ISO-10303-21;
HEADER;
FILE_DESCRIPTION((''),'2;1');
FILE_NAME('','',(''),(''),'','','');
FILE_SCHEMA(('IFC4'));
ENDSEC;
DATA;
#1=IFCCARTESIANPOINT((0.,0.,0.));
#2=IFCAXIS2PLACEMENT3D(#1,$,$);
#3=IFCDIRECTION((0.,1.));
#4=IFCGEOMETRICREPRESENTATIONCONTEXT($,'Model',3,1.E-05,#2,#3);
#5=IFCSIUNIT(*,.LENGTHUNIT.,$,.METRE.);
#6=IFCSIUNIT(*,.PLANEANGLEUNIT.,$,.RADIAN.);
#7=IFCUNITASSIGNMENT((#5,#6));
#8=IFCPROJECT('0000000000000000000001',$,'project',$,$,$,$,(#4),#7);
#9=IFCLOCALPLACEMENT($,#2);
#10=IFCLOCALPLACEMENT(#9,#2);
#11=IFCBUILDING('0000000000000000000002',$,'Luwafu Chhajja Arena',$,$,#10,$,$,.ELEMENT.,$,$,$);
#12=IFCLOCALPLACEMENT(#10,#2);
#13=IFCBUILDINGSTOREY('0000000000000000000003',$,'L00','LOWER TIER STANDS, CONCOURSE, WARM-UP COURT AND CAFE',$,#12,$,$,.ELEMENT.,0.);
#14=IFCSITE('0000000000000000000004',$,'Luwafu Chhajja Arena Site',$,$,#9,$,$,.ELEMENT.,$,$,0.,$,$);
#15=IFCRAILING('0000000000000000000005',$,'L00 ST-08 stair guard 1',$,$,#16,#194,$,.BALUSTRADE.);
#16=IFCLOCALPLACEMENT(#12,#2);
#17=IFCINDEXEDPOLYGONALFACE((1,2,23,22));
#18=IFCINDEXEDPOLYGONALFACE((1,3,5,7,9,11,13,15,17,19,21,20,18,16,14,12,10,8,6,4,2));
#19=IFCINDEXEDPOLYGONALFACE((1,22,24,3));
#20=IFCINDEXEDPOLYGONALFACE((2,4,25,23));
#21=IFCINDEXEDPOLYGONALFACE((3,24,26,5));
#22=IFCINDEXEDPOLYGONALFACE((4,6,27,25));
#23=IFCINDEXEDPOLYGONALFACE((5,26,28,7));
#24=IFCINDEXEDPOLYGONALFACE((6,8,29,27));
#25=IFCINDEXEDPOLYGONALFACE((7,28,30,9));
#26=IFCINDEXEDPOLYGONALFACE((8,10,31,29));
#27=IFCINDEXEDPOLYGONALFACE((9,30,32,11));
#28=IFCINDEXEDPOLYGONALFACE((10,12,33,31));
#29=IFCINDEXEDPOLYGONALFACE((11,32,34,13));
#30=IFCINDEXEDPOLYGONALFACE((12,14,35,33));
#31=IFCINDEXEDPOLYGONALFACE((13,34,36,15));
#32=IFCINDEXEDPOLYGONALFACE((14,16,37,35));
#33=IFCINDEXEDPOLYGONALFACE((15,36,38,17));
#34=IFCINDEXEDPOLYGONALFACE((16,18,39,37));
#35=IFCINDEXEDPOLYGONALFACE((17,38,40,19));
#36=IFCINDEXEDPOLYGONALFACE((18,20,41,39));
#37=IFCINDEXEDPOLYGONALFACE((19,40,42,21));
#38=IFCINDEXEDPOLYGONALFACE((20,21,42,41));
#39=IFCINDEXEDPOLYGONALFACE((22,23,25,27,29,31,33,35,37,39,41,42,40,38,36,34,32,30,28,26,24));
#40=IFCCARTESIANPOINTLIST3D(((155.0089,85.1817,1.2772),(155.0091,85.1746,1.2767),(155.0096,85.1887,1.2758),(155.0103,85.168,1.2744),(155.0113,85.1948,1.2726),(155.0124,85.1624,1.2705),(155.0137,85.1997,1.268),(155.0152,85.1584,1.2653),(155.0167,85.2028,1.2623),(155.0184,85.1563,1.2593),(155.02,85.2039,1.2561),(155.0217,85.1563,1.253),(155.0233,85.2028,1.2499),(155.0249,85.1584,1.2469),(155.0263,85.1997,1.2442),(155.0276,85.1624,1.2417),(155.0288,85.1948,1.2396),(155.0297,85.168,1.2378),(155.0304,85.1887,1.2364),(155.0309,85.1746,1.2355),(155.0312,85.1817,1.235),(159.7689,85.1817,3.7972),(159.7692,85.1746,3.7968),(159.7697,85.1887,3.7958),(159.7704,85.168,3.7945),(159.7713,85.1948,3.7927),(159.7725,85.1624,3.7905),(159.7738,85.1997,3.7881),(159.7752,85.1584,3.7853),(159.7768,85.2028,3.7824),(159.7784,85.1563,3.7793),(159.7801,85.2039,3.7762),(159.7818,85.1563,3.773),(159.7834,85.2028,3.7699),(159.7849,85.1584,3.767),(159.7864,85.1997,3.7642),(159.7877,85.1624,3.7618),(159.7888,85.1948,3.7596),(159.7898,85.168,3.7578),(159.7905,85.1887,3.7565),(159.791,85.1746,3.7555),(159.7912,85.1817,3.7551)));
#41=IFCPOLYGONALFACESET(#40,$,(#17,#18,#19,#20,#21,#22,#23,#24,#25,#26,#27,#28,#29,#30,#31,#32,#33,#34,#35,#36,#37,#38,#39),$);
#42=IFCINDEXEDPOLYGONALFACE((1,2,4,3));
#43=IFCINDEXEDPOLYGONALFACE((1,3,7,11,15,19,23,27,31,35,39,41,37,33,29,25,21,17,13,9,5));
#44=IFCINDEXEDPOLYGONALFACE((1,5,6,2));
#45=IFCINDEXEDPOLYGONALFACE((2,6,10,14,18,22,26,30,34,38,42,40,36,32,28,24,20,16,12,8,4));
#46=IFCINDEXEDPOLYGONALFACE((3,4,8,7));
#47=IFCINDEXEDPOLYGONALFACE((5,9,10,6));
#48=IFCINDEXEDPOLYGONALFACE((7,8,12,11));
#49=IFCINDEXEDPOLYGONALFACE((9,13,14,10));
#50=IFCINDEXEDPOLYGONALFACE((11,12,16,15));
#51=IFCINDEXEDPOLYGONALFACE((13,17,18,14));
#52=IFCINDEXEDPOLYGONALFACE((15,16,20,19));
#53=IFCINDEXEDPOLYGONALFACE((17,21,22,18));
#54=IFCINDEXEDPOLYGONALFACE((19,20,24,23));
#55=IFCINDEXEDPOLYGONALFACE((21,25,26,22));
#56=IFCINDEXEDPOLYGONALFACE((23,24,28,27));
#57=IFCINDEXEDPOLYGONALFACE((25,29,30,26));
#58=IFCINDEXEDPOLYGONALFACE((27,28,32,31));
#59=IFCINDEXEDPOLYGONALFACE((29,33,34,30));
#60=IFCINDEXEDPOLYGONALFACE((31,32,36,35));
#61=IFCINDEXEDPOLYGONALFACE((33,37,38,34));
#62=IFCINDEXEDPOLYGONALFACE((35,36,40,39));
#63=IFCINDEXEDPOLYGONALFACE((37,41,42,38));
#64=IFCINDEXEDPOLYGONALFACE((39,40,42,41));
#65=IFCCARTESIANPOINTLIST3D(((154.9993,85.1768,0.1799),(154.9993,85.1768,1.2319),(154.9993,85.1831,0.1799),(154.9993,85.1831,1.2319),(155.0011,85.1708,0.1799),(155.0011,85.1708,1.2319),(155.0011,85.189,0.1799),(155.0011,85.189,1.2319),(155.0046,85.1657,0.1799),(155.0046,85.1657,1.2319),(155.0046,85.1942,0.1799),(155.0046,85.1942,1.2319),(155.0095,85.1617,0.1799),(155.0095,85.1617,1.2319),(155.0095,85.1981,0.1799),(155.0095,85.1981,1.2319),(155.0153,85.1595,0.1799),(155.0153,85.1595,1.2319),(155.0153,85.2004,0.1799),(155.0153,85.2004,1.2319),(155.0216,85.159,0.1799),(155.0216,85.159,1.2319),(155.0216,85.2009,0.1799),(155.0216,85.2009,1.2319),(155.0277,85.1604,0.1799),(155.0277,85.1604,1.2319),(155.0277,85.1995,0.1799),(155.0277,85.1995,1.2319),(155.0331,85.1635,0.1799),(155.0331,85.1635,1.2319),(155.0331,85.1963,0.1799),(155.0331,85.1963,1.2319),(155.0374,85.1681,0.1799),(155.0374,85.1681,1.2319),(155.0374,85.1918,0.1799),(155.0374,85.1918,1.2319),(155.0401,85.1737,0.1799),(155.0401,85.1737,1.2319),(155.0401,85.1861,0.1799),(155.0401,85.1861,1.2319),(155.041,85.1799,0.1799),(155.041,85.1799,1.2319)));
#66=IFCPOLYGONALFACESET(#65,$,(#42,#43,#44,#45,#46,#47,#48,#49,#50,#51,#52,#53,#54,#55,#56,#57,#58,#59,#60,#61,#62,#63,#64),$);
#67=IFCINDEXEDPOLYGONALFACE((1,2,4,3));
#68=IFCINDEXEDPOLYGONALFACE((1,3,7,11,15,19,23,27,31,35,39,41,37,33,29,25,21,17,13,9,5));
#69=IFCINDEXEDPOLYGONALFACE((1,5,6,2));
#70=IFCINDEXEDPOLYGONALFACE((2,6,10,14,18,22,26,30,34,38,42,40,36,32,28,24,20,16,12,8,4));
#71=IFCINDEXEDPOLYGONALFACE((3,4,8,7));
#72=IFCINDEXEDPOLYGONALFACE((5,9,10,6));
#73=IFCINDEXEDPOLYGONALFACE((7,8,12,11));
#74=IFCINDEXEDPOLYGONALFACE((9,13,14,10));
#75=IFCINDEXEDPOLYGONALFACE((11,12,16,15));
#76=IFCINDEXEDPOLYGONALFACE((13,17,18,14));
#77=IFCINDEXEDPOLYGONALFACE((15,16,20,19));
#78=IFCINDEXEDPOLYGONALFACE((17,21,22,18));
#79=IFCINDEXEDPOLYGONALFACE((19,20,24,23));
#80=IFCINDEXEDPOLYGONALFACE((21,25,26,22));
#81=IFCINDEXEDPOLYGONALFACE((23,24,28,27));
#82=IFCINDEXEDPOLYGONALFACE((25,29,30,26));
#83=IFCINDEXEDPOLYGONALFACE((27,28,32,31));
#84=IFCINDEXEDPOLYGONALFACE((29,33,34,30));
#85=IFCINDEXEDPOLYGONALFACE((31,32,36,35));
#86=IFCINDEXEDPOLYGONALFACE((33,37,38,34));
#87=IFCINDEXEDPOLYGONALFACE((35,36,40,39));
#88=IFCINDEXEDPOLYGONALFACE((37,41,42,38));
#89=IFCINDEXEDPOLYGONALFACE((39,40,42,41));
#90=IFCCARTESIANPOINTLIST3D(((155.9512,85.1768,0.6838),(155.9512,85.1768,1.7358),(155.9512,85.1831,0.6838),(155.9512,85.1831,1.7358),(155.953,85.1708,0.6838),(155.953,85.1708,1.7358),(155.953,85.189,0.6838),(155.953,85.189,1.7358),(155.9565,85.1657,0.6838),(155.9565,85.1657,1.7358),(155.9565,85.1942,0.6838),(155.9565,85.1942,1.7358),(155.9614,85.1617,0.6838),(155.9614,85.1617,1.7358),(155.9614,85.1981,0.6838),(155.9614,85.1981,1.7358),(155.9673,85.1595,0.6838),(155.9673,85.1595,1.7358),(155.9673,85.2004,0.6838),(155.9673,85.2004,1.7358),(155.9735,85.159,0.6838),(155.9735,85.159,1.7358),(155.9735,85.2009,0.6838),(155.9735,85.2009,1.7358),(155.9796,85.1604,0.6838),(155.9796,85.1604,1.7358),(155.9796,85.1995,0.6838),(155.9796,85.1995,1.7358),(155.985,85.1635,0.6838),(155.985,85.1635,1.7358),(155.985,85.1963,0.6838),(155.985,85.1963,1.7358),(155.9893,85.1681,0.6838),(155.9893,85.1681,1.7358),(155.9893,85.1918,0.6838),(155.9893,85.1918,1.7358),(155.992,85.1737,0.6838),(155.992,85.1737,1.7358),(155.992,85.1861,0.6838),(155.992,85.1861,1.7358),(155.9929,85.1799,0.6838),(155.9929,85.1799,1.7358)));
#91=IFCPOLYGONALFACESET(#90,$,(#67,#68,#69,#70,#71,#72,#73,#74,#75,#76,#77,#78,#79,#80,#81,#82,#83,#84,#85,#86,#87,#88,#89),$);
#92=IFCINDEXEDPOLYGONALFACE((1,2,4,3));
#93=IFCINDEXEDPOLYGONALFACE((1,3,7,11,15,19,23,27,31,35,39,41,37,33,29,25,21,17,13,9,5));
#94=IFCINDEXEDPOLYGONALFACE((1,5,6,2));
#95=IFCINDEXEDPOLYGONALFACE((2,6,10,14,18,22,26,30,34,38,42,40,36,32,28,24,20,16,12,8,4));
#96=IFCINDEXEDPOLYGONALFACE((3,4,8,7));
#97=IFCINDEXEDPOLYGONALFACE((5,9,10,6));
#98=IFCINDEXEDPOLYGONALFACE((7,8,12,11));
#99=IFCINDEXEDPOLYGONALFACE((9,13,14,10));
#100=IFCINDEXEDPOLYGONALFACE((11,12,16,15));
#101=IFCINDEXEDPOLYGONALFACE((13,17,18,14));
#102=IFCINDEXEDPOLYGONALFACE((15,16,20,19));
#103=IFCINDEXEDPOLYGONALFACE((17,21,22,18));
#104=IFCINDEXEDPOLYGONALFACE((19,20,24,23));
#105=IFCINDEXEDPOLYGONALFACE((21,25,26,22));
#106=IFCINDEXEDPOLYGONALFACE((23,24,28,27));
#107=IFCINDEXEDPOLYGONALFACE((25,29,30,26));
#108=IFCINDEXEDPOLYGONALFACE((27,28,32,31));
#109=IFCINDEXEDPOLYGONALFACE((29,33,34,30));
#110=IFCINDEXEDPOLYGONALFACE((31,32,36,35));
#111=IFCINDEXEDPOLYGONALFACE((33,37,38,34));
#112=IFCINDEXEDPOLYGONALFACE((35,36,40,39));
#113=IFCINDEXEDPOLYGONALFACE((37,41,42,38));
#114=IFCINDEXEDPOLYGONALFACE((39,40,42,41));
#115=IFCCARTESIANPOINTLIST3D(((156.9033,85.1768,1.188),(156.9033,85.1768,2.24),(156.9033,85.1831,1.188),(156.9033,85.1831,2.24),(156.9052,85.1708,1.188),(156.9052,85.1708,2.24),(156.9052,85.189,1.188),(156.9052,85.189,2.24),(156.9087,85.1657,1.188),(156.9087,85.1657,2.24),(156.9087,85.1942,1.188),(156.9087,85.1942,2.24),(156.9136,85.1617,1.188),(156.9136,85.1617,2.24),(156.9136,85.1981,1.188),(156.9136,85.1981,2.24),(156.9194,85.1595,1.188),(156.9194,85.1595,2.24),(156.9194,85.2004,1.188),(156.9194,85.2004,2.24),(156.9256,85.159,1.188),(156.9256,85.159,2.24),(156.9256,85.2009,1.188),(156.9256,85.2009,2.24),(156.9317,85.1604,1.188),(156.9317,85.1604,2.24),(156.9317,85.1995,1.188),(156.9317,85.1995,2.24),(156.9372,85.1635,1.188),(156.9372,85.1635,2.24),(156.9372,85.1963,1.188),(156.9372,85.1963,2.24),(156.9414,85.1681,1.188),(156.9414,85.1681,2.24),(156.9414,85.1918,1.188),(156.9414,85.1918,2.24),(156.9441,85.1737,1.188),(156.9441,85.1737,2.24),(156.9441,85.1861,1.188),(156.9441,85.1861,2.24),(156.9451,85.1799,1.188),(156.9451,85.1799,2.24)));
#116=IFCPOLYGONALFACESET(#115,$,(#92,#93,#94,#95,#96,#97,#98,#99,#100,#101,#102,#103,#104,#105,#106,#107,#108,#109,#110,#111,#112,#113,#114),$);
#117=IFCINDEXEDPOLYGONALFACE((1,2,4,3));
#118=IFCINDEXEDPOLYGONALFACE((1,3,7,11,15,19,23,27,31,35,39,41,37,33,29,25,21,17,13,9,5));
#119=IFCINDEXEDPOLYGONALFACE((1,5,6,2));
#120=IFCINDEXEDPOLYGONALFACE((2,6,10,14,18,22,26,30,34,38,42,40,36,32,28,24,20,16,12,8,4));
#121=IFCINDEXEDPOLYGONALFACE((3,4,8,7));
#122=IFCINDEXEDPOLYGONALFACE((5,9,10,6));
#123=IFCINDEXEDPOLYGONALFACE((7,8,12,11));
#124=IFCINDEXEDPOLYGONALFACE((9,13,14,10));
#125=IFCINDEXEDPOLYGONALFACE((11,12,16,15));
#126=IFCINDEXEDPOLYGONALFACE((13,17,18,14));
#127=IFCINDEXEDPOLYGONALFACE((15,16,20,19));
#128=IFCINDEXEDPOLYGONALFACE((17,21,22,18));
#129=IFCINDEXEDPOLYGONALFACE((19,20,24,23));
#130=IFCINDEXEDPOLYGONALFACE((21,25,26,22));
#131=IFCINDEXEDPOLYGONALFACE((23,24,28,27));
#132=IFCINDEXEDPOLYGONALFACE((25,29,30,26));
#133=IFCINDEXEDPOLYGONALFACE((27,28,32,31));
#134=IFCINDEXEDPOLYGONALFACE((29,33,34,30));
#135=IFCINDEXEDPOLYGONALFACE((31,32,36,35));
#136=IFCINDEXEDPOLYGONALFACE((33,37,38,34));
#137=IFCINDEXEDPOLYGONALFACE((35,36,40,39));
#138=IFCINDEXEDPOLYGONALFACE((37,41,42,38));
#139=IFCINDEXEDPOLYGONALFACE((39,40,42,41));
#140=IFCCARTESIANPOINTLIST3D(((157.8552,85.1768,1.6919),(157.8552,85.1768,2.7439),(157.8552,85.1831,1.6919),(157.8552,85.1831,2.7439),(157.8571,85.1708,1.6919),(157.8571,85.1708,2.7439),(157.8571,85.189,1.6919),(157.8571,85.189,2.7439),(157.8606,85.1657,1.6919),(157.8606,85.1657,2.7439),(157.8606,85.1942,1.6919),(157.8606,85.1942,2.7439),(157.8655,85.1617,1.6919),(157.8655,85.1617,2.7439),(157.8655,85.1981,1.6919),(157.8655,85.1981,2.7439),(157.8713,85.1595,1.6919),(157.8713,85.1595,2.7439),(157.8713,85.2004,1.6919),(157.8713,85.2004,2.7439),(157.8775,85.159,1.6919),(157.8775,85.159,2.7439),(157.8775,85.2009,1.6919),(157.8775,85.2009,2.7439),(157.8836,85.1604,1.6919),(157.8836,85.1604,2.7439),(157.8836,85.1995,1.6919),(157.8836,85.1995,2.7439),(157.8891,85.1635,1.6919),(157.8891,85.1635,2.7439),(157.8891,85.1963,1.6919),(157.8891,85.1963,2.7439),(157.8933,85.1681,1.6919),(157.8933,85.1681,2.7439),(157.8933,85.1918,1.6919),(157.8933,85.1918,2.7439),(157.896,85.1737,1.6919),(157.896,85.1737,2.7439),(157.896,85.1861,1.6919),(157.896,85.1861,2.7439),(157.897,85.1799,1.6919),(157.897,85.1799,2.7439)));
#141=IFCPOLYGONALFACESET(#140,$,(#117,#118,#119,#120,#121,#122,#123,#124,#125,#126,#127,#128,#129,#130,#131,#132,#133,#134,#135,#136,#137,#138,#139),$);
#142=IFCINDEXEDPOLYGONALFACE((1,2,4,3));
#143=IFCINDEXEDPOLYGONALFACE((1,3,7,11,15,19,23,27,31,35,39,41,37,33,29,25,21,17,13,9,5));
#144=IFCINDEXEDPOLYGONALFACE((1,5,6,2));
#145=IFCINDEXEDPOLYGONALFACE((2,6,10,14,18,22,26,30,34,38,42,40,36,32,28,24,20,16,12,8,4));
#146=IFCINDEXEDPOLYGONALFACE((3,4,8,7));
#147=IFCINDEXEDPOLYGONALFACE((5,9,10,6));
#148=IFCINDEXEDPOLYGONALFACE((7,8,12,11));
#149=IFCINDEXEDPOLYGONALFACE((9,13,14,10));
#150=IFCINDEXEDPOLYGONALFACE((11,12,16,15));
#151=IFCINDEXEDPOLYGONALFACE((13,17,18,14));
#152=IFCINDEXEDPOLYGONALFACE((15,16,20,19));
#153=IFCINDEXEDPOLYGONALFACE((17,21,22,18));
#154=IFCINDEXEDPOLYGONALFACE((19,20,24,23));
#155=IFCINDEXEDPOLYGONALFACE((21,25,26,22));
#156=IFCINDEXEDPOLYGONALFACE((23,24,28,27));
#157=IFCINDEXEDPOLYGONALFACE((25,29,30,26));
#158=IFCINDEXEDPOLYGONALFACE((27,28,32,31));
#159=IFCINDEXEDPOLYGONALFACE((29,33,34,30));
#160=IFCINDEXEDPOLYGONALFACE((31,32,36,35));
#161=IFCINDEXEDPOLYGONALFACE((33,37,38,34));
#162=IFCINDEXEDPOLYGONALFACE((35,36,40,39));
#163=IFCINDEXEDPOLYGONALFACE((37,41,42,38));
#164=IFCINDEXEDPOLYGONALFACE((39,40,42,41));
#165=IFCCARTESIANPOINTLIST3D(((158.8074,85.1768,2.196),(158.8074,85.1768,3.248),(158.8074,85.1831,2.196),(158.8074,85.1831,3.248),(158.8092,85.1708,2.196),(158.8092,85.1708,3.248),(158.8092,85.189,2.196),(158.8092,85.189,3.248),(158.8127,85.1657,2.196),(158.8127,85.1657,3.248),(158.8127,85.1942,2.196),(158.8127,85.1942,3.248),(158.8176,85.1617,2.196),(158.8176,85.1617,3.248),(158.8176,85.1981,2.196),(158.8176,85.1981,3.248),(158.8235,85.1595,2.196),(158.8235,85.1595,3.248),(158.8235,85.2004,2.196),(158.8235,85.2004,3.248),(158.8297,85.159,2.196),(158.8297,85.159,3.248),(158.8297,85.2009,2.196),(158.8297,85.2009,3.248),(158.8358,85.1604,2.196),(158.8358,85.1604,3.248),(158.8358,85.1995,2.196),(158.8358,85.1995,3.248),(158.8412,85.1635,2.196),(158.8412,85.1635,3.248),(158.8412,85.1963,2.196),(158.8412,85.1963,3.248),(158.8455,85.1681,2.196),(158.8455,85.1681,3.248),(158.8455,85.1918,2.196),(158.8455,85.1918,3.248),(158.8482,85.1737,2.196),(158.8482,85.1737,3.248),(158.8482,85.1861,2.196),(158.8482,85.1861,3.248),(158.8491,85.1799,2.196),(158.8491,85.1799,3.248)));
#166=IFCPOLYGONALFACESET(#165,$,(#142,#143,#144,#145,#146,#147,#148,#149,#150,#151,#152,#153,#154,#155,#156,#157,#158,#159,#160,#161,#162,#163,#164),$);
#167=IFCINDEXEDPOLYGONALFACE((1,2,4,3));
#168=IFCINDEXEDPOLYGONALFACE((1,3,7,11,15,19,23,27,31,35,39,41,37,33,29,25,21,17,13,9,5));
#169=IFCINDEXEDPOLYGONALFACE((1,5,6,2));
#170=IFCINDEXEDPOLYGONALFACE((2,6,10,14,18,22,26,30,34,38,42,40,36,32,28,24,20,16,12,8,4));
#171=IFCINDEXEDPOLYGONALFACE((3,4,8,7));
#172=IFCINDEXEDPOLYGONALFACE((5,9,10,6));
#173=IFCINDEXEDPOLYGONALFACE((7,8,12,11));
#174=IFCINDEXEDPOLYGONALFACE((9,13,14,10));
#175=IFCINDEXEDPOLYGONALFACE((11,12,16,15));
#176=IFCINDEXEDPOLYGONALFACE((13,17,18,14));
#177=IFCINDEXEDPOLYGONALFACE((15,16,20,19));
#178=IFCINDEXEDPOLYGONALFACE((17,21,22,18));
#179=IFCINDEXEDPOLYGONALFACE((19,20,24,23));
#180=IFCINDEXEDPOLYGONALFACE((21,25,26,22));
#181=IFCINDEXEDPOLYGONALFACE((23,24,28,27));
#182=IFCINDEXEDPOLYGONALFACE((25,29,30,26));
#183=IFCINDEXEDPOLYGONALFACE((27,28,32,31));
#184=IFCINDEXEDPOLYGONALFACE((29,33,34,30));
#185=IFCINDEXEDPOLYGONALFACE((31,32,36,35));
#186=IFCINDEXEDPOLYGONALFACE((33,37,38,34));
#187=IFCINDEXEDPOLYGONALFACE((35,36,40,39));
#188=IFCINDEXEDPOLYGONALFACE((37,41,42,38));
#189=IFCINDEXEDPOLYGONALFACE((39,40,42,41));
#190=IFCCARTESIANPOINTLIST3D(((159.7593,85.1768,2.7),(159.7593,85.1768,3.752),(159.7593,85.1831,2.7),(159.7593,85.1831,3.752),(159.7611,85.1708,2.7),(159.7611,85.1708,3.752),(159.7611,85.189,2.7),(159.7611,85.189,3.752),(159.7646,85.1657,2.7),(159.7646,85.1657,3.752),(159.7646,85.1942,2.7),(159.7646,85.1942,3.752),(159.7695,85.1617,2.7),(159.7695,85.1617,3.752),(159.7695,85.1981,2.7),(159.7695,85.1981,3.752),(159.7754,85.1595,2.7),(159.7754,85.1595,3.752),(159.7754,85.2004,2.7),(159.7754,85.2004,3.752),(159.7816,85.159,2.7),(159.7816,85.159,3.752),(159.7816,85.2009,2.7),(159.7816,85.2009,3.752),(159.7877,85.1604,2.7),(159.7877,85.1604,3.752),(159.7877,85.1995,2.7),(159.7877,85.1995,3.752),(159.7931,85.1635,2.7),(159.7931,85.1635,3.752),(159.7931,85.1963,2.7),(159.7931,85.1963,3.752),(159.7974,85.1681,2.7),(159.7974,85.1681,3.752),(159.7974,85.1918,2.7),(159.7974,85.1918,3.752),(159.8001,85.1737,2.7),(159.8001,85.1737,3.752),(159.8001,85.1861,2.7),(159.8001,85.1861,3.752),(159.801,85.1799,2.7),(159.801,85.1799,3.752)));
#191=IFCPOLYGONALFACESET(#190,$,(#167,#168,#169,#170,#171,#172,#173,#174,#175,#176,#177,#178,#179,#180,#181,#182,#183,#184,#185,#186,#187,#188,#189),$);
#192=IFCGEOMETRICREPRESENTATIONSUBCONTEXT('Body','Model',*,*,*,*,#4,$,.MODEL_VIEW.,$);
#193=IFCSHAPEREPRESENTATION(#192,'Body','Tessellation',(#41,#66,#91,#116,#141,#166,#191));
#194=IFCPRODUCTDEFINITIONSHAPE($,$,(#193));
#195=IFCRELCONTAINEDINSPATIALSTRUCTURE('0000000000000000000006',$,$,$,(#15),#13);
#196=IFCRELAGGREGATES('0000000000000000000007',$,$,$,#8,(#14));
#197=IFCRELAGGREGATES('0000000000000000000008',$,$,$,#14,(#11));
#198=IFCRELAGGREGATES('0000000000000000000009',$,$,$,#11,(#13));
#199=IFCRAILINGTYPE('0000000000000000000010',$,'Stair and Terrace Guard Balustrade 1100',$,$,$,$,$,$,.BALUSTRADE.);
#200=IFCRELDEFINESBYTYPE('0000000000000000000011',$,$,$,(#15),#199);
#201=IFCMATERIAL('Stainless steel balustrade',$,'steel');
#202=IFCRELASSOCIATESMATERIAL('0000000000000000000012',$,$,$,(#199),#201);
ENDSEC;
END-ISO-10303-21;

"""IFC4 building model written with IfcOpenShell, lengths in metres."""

from ifc_helpers import new_model, si_unit, direction, frame, origin, origin_2d, place, context, subcontext, project, spatial, circle, extrude, material, type_object, element, save


model = new_model("IFC4")

# Units and contexts
model_context = context("Model", 3, precision=1e-05, world=origin(), true_north=direction((0.0, 1.0)))
body_context = subcontext(model_context, "Body", "Model", "MODEL_VIEW")
ifc_project = project(units=[si_unit("LENGTHUNIT", "METRE"), si_unit("PLANEANGLEUNIT", "RADIAN")], contexts=[model_context])

# Site, building, storey
site_placement = place(None, origin())
site = spatial("IfcSite", under=ifc_project, at=site_placement, Name="Luwafu Chhajja Arena Site", CompositionType="ELEMENT", RefElevation=0.0)
building_placement = place(site_placement, origin())
building = spatial("IfcBuilding", under=site, at=building_placement, Name="Luwafu Chhajja Arena", CompositionType="ELEMENT")
storey_placement = place(building_placement, origin())
storey = spatial("IfcBuildingStorey", under=building, at=storey_placement, Name="L00", Description="LOWER TIER STANDS, CONCOURSE, WARM-UP COURT AND CAFE", CompositionType="ELEMENT", Elevation=0.0)

# Railing
ifc_material_1 = material(Name="Stainless steel balustrade", Category="steel")
railing_type_1 = type_object("IfcRailingType", Name="Stair and Terrace Guard Balustrade 1100", PredefinedType="BALUSTRADE", material=ifc_material_1)
railing_1_placement = place(storey_placement, frame((155.02, 85.1799, 0.1799)))
element("IfcRailing", 1, at=railing_1_placement, inside=storey, type_object=railing_type_1, Name="L00 ST-08 stair guard 1", PredefinedType="BALUSTRADE", context=body_context, shape_type="SweptSolid", body=[
    extrude(circle(Radius=0.0239, at=origin_2d()), frame((0.0, 0.0, 1.0762), z_axis=(0.883787, 0.0, 0.46789), x_axis=(0.0, 1.0, 0.0)), (0.0, 0.0, 1.0), 5.386),
    extrude(circle(Radius=0.021, at=origin_2d()), origin(), (0.0, 0.0, 1.0), 1.052),
    extrude(circle(Radius=0.021, at=origin_2d()), frame((0.9519, 0.0, 0.5039)), (0.0, 0.0, 1.0), 1.052),
    extrude(circle(Radius=0.021, at=origin_2d()), frame((1.9041, 0.0, 1.0081)), (0.0, 0.0, 1.0), 1.052),
    extrude(circle(Radius=0.021, at=origin_2d()), frame((2.856, 0.0, 1.512)), (0.0, 0.0, 1.0), 1.052),
    extrude(circle(Radius=0.021, at=origin_2d()), frame((3.8081, 0.0, 2.0161)), (0.0, 0.0, 1.0), 1.052),
    extrude(circle(Radius=0.021, at=origin_2d()), frame((4.76, 0.0, 2.52)), (0.0, 0.0, 1.0), 1.052),
])

save(model, "model.ifc")
